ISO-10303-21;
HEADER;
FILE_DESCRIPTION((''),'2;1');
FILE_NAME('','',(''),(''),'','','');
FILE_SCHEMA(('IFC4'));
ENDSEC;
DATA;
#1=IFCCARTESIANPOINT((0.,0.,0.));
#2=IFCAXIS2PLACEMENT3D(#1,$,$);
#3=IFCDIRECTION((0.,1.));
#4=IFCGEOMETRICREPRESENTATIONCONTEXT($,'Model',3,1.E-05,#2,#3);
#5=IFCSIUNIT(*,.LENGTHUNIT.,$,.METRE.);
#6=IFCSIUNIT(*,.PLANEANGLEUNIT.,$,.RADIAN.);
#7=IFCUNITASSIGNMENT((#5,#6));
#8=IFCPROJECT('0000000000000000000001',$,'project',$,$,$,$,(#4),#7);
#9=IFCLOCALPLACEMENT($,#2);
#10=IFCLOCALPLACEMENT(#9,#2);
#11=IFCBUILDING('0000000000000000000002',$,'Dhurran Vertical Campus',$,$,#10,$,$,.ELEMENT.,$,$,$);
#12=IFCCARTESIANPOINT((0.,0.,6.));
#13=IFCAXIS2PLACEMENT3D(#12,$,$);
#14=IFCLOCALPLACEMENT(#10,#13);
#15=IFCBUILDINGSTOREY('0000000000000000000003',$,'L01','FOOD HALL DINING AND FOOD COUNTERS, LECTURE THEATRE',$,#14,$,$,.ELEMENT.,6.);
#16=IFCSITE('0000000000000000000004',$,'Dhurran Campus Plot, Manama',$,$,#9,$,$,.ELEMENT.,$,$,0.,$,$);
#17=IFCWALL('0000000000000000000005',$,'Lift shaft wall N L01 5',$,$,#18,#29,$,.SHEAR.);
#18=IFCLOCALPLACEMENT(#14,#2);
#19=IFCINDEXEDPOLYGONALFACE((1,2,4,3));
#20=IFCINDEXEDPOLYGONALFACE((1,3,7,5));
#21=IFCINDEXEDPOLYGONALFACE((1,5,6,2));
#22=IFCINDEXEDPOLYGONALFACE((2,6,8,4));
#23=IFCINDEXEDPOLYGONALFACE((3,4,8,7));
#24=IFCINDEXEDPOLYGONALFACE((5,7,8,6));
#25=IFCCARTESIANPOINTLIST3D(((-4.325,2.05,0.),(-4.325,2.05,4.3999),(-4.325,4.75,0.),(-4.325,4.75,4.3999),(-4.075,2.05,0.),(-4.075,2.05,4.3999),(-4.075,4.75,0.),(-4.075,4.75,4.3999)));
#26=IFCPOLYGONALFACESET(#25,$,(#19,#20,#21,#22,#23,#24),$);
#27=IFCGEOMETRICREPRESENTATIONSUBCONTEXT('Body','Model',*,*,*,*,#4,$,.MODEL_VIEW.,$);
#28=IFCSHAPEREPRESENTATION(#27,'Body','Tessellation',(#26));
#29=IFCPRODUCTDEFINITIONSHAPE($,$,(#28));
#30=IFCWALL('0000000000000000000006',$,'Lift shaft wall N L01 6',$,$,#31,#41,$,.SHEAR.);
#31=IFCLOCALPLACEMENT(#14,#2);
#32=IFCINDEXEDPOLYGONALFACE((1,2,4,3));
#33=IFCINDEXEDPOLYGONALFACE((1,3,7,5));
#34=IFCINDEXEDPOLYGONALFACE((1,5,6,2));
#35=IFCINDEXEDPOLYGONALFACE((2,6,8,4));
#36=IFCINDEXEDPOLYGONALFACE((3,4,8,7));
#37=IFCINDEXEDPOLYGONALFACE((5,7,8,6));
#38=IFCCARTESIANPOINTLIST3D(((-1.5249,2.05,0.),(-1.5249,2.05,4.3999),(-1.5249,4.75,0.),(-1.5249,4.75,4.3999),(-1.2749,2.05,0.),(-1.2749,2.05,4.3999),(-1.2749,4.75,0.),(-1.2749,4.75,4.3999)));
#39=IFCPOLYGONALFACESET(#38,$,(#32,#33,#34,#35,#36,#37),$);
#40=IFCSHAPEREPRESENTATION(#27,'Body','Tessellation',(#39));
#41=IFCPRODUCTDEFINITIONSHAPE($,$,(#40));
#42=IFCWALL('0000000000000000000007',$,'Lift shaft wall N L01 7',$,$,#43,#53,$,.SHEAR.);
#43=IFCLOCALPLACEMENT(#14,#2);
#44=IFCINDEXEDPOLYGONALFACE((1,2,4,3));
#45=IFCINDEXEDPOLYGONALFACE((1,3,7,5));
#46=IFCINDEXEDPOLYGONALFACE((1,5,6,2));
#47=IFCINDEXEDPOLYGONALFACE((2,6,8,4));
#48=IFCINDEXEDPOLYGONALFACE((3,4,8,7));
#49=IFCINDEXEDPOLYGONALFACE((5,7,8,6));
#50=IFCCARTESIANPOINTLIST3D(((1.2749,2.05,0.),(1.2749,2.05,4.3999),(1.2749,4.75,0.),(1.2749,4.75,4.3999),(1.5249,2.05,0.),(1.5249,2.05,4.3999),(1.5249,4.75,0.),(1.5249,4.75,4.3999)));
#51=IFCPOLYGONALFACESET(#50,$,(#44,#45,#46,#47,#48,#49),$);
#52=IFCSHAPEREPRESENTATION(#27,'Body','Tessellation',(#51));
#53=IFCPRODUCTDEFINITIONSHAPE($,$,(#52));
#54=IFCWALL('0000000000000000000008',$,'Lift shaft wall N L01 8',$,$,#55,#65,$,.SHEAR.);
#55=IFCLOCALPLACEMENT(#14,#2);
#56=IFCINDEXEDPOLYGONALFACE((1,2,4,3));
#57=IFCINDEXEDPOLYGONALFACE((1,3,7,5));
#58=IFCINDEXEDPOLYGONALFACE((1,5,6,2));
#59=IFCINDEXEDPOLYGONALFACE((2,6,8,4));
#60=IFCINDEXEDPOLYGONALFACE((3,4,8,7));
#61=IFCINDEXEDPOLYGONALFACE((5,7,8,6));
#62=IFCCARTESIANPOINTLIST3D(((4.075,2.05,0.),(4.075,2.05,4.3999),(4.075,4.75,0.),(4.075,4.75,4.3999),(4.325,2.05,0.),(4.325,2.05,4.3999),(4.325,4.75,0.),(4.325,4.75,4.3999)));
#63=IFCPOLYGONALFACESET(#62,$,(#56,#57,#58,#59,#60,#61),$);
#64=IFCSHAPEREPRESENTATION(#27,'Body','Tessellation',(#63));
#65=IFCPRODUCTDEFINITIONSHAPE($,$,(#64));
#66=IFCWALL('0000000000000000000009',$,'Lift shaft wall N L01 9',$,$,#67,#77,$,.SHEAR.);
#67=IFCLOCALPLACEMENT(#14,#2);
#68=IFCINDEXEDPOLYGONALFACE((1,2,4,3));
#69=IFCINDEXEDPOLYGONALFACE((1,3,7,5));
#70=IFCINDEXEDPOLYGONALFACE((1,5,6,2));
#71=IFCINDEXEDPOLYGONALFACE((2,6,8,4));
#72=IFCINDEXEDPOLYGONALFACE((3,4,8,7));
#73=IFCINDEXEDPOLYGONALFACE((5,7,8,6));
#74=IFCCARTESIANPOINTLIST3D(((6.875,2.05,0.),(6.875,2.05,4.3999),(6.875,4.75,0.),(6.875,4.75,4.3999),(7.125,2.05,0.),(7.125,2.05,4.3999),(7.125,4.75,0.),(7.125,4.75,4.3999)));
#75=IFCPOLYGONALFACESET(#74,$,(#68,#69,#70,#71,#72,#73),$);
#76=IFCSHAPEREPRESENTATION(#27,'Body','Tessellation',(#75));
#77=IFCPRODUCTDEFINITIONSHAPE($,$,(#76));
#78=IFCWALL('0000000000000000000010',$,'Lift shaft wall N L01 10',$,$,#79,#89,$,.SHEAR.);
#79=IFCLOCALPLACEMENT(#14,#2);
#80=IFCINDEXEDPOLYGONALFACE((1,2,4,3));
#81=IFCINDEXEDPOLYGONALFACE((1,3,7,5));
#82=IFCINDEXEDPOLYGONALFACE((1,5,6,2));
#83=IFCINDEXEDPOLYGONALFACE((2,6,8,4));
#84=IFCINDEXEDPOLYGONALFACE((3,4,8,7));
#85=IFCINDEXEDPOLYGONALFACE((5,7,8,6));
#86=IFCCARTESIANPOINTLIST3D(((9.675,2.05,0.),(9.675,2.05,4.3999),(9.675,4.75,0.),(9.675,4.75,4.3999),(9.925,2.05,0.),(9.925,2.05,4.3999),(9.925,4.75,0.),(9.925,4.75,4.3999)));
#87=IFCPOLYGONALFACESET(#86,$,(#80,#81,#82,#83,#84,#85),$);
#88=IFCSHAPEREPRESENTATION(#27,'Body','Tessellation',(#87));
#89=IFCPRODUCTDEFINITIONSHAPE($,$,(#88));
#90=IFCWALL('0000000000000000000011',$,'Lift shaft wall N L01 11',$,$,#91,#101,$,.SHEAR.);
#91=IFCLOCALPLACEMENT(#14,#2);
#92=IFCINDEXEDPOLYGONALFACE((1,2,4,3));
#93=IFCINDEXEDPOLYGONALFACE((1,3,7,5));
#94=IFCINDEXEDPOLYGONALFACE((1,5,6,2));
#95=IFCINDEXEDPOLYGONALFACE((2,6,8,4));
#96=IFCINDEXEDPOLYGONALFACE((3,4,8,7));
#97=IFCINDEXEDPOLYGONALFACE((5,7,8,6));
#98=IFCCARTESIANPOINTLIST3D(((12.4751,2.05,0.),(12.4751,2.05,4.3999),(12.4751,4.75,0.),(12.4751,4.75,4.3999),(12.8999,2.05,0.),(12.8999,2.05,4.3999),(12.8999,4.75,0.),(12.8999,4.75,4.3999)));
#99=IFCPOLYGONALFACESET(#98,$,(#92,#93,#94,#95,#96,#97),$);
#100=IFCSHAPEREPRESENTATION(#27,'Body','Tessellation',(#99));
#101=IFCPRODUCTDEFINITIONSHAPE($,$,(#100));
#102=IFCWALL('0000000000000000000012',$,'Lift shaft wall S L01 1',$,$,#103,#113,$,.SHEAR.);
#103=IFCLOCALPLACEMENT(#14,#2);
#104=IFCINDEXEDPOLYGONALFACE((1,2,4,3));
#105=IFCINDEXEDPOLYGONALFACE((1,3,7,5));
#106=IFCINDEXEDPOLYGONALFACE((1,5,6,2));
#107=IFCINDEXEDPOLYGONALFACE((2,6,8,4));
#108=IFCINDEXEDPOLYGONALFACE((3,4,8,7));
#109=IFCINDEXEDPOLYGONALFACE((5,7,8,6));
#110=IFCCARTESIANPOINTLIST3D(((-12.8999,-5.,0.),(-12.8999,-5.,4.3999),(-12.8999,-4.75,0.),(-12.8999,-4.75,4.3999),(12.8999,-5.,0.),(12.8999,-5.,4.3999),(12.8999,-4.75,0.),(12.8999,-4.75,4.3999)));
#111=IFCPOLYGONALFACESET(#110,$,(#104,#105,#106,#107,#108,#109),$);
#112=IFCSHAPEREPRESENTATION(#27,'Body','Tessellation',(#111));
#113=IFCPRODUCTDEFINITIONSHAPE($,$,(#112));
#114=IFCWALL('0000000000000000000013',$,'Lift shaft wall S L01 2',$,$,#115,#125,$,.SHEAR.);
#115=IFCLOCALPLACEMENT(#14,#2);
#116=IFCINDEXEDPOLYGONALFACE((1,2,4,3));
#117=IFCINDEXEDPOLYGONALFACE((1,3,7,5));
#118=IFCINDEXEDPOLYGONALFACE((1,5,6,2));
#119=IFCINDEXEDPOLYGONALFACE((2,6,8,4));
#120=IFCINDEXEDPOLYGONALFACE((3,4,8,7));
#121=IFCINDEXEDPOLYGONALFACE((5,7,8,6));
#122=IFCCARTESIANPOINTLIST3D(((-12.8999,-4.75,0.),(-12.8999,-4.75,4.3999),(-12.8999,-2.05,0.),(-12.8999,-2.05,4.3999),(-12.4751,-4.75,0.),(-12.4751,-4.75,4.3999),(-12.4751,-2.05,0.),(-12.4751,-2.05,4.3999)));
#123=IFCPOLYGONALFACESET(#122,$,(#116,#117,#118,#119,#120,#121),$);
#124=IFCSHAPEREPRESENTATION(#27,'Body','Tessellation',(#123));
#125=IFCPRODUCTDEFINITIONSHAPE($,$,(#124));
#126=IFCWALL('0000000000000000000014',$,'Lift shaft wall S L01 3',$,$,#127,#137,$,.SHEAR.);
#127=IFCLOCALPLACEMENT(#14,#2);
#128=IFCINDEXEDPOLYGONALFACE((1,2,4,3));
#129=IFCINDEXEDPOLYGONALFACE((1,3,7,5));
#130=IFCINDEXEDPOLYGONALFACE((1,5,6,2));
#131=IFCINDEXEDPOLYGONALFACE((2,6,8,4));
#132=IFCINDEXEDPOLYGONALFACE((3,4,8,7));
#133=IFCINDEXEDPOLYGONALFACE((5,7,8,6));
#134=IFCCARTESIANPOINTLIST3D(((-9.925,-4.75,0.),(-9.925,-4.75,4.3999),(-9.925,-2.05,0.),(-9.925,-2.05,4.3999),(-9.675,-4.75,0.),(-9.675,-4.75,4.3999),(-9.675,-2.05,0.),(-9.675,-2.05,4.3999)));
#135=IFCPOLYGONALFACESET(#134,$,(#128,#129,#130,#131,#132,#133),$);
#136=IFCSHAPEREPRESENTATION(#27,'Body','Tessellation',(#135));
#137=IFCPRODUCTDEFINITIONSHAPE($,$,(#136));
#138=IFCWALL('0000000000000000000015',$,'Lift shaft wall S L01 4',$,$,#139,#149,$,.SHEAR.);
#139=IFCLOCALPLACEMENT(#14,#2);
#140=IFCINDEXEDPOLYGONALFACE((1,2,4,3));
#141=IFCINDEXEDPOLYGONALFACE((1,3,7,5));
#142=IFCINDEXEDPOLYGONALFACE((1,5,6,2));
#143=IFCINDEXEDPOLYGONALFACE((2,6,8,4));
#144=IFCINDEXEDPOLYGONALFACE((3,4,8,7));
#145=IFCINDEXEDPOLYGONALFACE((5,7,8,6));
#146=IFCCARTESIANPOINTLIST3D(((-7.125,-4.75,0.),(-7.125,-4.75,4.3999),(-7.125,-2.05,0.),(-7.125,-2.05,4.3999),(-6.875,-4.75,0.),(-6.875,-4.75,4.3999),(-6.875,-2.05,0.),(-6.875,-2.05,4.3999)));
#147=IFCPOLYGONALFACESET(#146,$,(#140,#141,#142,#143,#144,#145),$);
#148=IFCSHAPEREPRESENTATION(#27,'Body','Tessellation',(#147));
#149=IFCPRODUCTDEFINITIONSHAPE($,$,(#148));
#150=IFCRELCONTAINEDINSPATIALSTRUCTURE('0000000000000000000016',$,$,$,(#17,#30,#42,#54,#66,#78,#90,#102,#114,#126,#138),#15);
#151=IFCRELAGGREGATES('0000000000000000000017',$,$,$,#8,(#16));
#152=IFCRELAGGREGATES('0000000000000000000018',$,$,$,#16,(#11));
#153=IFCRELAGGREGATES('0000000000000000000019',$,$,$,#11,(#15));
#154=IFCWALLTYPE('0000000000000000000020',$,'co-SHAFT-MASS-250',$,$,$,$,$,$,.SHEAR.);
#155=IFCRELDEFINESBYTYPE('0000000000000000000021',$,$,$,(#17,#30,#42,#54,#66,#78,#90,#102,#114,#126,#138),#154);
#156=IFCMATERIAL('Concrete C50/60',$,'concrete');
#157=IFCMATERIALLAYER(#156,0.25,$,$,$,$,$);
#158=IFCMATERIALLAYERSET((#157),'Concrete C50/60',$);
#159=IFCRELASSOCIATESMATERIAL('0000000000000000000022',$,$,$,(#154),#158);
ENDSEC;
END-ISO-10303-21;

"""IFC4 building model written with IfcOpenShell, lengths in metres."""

from ifc_helpers import new_model, si_unit, direction, frame, origin, place, context, subcontext, project, spatial, polyline, outline, extrude, material, layer, layer_set, type_object, element, save


model = new_model("IFC4")

# Units and contexts
model_context = context("Model", 3, precision=1e-05, world=origin(), true_north=direction((0.0, 1.0)))
body_context = subcontext(model_context, "Body", "Model", "MODEL_VIEW")
ifc_project = project(units=[si_unit("LENGTHUNIT", "METRE"), si_unit("PLANEANGLEUNIT", "RADIAN")], contexts=[model_context])

# Site, building, storey
site_placement = place(None, origin())
site = spatial("IfcSite", under=ifc_project, at=site_placement, Name="Dhurran Campus Plot, Manama", CompositionType="ELEMENT", RefElevation=0.0)
building_placement = place(site_placement, origin())
building = spatial("IfcBuilding", under=site, at=building_placement, Name="Dhurran Vertical Campus", CompositionType="ELEMENT")
storey_placement = place(building_placement, frame((0.0, 0.0, 6.0)))
storey = spatial("IfcBuildingStorey", under=building, at=storey_placement, Name="L01", Description="FOOD HALL DINING AND FOOD COUNTERS, LECTURE THEATRE", CompositionType="ELEMENT", Elevation=6.0)

# Walls
ifc_material_1 = material(Name="Concrete C50/60", Category="concrete")
ifc_layer_1 = layer(ifc_material_1, 0.25)
ifc_layer_set_1 = layer_set([ifc_layer_1], Name="Concrete C50/60")
wall_type_1 = type_object("IfcWallType", Name="co-SHAFT-MASS-250", PredefinedType="SHEAR", material=ifc_layer_set_1)
wall_1_placement = place(storey_placement, origin())
element("IfcWall", 1, at=wall_1_placement, inside=storey, type_object=wall_type_1, Name="Lift shaft wall N L01 5", PredefinedType="SHEAR", context=body_context, shape_type="SweptSolid", body=[
    extrude(outline(polyline([(-4.325, 2.05), (-4.075, 2.05), (-4.075, 4.75), (-4.325, 4.75), (-4.325, 2.05)])), origin(), (0.0, 0.0, 1.0), 4.3999),
])
wall_2_placement = place(storey_placement, origin())
element("IfcWall", 2, at=wall_2_placement, inside=storey, type_object=wall_type_1, Name="Lift shaft wall N L01 6", PredefinedType="SHEAR", context=body_context, shape_type="SweptSolid", body=[
    extrude(outline(polyline([(-1.5249, 2.05), (-1.2749, 2.05), (-1.2749, 4.75), (-1.5249, 4.75), (-1.5249, 2.05)])), origin(), (0.0, 0.0, 1.0), 4.3999),
])
wall_3_placement = place(storey_placement, origin())
element("IfcWall", 3, at=wall_3_placement, inside=storey, type_object=wall_type_1, Name="Lift shaft wall N L01 7", PredefinedType="SHEAR", context=body_context, shape_type="SweptSolid", body=[
    extrude(outline(polyline([(1.2749, 2.05), (1.5249, 2.05), (1.5249, 4.75), (1.2749, 4.75), (1.2749, 2.05)])), origin(), (0.0, 0.0, 1.0), 4.3999),
])
wall_4_placement = place(storey_placement, origin())
element("IfcWall", 4, at=wall_4_placement, inside=storey, type_object=wall_type_1, Name="Lift shaft wall N L01 8", PredefinedType="SHEAR", context=body_context, shape_type="SweptSolid", body=[
    extrude(outline(polyline([(4.075, 2.05), (4.325, 2.05), (4.325, 4.75), (4.075, 4.75), (4.075, 2.05)])), origin(), (0.0, 0.0, 1.0), 4.3999),
])
wall_5_placement = place(storey_placement, origin())
element("IfcWall", 5, at=wall_5_placement, inside=storey, type_object=wall_type_1, Name="Lift shaft wall N L01 9", PredefinedType="SHEAR", context=body_context, shape_type="SweptSolid", body=[
    extrude(outline(polyline([(6.875, 2.05), (7.125, 2.05), (7.125, 4.75), (6.875, 4.75), (6.875, 2.05)])), origin(), (0.0, 0.0, 1.0), 4.3999),
])
wall_6_placement = place(storey_placement, origin())
element("IfcWall", 6, at=wall_6_placement, inside=storey, type_object=wall_type_1, Name="Lift shaft wall N L01 10", PredefinedType="SHEAR", context=body_context, shape_type="SweptSolid", body=[
    extrude(outline(polyline([(9.675, 2.05), (9.925, 2.05), (9.925, 4.75), (9.675, 4.75), (9.675, 2.05)])), origin(), (0.0, 0.0, 1.0), 4.3999),
])
wall_7_placement = place(storey_placement, origin())
element("IfcWall", 7, at=wall_7_placement, inside=storey, type_object=wall_type_1, Name="Lift shaft wall N L01 11", PredefinedType="SHEAR", context=body_context, shape_type="SweptSolid", body=[
    extrude(outline(polyline([(12.4751, 2.05), (12.8999, 2.05), (12.8999, 4.75), (12.4751, 4.75), (12.4751, 2.05)])), origin(), (0.0, 0.0, 1.0), 4.3999),
])
wall_8_placement = place(storey_placement, origin())
element("IfcWall", 8, at=wall_8_placement, inside=storey, type_object=wall_type_1, Name="Lift shaft wall S L01 1", PredefinedType="SHEAR", context=body_context, shape_type="SweptSolid", body=[
    extrude(outline(polyline([(-12.8999, -5.0), (12.8999, -5.0), (12.8999, -4.75), (-12.8999, -4.75), (-12.8999, -5.0)])), origin(), (0.0, 0.0, 1.0), 4.3999),
])
wall_9_placement = place(storey_placement, origin())
element("IfcWall", 9, at=wall_9_placement, inside=storey, type_object=wall_type_1, Name="Lift shaft wall S L01 2", PredefinedType="SHEAR", context=body_context, shape_type="SweptSolid", body=[
    extrude(outline(polyline([(-12.8999, -4.75), (-12.4751, -4.75), (-12.4751, -2.05), (-12.8999, -2.05), (-12.8999, -4.75)])), origin(), (0.0, 0.0, 1.0), 4.3999),
])
wall_10_placement = place(storey_placement, origin())
element("IfcWall", 10, at=wall_10_placement, inside=storey, type_object=wall_type_1, Name="Lift shaft wall S L01 3", PredefinedType="SHEAR", context=body_context, shape_type="SweptSolid", body=[
    extrude(outline(polyline([(-9.925, -4.75), (-9.675, -4.75), (-9.675, -2.05), (-9.925, -2.05), (-9.925, -4.75)])), origin(), (0.0, 0.0, 1.0), 4.3999),
])
wall_11_placement = place(storey_placement, origin())
element("IfcWall", 11, at=wall_11_placement, inside=storey, type_object=wall_type_1, Name="Lift shaft wall S L01 4", PredefinedType="SHEAR", context=body_context, shape_type="SweptSolid", body=[
    extrude(outline(polyline([(-7.125, -4.75), (-6.875, -4.75), (-6.875, -2.05), (-7.125, -2.05), (-7.125, -4.75)])), origin(), (0.0, 0.0, 1.0), 4.3999),
])

save(model, "model.ifc")
